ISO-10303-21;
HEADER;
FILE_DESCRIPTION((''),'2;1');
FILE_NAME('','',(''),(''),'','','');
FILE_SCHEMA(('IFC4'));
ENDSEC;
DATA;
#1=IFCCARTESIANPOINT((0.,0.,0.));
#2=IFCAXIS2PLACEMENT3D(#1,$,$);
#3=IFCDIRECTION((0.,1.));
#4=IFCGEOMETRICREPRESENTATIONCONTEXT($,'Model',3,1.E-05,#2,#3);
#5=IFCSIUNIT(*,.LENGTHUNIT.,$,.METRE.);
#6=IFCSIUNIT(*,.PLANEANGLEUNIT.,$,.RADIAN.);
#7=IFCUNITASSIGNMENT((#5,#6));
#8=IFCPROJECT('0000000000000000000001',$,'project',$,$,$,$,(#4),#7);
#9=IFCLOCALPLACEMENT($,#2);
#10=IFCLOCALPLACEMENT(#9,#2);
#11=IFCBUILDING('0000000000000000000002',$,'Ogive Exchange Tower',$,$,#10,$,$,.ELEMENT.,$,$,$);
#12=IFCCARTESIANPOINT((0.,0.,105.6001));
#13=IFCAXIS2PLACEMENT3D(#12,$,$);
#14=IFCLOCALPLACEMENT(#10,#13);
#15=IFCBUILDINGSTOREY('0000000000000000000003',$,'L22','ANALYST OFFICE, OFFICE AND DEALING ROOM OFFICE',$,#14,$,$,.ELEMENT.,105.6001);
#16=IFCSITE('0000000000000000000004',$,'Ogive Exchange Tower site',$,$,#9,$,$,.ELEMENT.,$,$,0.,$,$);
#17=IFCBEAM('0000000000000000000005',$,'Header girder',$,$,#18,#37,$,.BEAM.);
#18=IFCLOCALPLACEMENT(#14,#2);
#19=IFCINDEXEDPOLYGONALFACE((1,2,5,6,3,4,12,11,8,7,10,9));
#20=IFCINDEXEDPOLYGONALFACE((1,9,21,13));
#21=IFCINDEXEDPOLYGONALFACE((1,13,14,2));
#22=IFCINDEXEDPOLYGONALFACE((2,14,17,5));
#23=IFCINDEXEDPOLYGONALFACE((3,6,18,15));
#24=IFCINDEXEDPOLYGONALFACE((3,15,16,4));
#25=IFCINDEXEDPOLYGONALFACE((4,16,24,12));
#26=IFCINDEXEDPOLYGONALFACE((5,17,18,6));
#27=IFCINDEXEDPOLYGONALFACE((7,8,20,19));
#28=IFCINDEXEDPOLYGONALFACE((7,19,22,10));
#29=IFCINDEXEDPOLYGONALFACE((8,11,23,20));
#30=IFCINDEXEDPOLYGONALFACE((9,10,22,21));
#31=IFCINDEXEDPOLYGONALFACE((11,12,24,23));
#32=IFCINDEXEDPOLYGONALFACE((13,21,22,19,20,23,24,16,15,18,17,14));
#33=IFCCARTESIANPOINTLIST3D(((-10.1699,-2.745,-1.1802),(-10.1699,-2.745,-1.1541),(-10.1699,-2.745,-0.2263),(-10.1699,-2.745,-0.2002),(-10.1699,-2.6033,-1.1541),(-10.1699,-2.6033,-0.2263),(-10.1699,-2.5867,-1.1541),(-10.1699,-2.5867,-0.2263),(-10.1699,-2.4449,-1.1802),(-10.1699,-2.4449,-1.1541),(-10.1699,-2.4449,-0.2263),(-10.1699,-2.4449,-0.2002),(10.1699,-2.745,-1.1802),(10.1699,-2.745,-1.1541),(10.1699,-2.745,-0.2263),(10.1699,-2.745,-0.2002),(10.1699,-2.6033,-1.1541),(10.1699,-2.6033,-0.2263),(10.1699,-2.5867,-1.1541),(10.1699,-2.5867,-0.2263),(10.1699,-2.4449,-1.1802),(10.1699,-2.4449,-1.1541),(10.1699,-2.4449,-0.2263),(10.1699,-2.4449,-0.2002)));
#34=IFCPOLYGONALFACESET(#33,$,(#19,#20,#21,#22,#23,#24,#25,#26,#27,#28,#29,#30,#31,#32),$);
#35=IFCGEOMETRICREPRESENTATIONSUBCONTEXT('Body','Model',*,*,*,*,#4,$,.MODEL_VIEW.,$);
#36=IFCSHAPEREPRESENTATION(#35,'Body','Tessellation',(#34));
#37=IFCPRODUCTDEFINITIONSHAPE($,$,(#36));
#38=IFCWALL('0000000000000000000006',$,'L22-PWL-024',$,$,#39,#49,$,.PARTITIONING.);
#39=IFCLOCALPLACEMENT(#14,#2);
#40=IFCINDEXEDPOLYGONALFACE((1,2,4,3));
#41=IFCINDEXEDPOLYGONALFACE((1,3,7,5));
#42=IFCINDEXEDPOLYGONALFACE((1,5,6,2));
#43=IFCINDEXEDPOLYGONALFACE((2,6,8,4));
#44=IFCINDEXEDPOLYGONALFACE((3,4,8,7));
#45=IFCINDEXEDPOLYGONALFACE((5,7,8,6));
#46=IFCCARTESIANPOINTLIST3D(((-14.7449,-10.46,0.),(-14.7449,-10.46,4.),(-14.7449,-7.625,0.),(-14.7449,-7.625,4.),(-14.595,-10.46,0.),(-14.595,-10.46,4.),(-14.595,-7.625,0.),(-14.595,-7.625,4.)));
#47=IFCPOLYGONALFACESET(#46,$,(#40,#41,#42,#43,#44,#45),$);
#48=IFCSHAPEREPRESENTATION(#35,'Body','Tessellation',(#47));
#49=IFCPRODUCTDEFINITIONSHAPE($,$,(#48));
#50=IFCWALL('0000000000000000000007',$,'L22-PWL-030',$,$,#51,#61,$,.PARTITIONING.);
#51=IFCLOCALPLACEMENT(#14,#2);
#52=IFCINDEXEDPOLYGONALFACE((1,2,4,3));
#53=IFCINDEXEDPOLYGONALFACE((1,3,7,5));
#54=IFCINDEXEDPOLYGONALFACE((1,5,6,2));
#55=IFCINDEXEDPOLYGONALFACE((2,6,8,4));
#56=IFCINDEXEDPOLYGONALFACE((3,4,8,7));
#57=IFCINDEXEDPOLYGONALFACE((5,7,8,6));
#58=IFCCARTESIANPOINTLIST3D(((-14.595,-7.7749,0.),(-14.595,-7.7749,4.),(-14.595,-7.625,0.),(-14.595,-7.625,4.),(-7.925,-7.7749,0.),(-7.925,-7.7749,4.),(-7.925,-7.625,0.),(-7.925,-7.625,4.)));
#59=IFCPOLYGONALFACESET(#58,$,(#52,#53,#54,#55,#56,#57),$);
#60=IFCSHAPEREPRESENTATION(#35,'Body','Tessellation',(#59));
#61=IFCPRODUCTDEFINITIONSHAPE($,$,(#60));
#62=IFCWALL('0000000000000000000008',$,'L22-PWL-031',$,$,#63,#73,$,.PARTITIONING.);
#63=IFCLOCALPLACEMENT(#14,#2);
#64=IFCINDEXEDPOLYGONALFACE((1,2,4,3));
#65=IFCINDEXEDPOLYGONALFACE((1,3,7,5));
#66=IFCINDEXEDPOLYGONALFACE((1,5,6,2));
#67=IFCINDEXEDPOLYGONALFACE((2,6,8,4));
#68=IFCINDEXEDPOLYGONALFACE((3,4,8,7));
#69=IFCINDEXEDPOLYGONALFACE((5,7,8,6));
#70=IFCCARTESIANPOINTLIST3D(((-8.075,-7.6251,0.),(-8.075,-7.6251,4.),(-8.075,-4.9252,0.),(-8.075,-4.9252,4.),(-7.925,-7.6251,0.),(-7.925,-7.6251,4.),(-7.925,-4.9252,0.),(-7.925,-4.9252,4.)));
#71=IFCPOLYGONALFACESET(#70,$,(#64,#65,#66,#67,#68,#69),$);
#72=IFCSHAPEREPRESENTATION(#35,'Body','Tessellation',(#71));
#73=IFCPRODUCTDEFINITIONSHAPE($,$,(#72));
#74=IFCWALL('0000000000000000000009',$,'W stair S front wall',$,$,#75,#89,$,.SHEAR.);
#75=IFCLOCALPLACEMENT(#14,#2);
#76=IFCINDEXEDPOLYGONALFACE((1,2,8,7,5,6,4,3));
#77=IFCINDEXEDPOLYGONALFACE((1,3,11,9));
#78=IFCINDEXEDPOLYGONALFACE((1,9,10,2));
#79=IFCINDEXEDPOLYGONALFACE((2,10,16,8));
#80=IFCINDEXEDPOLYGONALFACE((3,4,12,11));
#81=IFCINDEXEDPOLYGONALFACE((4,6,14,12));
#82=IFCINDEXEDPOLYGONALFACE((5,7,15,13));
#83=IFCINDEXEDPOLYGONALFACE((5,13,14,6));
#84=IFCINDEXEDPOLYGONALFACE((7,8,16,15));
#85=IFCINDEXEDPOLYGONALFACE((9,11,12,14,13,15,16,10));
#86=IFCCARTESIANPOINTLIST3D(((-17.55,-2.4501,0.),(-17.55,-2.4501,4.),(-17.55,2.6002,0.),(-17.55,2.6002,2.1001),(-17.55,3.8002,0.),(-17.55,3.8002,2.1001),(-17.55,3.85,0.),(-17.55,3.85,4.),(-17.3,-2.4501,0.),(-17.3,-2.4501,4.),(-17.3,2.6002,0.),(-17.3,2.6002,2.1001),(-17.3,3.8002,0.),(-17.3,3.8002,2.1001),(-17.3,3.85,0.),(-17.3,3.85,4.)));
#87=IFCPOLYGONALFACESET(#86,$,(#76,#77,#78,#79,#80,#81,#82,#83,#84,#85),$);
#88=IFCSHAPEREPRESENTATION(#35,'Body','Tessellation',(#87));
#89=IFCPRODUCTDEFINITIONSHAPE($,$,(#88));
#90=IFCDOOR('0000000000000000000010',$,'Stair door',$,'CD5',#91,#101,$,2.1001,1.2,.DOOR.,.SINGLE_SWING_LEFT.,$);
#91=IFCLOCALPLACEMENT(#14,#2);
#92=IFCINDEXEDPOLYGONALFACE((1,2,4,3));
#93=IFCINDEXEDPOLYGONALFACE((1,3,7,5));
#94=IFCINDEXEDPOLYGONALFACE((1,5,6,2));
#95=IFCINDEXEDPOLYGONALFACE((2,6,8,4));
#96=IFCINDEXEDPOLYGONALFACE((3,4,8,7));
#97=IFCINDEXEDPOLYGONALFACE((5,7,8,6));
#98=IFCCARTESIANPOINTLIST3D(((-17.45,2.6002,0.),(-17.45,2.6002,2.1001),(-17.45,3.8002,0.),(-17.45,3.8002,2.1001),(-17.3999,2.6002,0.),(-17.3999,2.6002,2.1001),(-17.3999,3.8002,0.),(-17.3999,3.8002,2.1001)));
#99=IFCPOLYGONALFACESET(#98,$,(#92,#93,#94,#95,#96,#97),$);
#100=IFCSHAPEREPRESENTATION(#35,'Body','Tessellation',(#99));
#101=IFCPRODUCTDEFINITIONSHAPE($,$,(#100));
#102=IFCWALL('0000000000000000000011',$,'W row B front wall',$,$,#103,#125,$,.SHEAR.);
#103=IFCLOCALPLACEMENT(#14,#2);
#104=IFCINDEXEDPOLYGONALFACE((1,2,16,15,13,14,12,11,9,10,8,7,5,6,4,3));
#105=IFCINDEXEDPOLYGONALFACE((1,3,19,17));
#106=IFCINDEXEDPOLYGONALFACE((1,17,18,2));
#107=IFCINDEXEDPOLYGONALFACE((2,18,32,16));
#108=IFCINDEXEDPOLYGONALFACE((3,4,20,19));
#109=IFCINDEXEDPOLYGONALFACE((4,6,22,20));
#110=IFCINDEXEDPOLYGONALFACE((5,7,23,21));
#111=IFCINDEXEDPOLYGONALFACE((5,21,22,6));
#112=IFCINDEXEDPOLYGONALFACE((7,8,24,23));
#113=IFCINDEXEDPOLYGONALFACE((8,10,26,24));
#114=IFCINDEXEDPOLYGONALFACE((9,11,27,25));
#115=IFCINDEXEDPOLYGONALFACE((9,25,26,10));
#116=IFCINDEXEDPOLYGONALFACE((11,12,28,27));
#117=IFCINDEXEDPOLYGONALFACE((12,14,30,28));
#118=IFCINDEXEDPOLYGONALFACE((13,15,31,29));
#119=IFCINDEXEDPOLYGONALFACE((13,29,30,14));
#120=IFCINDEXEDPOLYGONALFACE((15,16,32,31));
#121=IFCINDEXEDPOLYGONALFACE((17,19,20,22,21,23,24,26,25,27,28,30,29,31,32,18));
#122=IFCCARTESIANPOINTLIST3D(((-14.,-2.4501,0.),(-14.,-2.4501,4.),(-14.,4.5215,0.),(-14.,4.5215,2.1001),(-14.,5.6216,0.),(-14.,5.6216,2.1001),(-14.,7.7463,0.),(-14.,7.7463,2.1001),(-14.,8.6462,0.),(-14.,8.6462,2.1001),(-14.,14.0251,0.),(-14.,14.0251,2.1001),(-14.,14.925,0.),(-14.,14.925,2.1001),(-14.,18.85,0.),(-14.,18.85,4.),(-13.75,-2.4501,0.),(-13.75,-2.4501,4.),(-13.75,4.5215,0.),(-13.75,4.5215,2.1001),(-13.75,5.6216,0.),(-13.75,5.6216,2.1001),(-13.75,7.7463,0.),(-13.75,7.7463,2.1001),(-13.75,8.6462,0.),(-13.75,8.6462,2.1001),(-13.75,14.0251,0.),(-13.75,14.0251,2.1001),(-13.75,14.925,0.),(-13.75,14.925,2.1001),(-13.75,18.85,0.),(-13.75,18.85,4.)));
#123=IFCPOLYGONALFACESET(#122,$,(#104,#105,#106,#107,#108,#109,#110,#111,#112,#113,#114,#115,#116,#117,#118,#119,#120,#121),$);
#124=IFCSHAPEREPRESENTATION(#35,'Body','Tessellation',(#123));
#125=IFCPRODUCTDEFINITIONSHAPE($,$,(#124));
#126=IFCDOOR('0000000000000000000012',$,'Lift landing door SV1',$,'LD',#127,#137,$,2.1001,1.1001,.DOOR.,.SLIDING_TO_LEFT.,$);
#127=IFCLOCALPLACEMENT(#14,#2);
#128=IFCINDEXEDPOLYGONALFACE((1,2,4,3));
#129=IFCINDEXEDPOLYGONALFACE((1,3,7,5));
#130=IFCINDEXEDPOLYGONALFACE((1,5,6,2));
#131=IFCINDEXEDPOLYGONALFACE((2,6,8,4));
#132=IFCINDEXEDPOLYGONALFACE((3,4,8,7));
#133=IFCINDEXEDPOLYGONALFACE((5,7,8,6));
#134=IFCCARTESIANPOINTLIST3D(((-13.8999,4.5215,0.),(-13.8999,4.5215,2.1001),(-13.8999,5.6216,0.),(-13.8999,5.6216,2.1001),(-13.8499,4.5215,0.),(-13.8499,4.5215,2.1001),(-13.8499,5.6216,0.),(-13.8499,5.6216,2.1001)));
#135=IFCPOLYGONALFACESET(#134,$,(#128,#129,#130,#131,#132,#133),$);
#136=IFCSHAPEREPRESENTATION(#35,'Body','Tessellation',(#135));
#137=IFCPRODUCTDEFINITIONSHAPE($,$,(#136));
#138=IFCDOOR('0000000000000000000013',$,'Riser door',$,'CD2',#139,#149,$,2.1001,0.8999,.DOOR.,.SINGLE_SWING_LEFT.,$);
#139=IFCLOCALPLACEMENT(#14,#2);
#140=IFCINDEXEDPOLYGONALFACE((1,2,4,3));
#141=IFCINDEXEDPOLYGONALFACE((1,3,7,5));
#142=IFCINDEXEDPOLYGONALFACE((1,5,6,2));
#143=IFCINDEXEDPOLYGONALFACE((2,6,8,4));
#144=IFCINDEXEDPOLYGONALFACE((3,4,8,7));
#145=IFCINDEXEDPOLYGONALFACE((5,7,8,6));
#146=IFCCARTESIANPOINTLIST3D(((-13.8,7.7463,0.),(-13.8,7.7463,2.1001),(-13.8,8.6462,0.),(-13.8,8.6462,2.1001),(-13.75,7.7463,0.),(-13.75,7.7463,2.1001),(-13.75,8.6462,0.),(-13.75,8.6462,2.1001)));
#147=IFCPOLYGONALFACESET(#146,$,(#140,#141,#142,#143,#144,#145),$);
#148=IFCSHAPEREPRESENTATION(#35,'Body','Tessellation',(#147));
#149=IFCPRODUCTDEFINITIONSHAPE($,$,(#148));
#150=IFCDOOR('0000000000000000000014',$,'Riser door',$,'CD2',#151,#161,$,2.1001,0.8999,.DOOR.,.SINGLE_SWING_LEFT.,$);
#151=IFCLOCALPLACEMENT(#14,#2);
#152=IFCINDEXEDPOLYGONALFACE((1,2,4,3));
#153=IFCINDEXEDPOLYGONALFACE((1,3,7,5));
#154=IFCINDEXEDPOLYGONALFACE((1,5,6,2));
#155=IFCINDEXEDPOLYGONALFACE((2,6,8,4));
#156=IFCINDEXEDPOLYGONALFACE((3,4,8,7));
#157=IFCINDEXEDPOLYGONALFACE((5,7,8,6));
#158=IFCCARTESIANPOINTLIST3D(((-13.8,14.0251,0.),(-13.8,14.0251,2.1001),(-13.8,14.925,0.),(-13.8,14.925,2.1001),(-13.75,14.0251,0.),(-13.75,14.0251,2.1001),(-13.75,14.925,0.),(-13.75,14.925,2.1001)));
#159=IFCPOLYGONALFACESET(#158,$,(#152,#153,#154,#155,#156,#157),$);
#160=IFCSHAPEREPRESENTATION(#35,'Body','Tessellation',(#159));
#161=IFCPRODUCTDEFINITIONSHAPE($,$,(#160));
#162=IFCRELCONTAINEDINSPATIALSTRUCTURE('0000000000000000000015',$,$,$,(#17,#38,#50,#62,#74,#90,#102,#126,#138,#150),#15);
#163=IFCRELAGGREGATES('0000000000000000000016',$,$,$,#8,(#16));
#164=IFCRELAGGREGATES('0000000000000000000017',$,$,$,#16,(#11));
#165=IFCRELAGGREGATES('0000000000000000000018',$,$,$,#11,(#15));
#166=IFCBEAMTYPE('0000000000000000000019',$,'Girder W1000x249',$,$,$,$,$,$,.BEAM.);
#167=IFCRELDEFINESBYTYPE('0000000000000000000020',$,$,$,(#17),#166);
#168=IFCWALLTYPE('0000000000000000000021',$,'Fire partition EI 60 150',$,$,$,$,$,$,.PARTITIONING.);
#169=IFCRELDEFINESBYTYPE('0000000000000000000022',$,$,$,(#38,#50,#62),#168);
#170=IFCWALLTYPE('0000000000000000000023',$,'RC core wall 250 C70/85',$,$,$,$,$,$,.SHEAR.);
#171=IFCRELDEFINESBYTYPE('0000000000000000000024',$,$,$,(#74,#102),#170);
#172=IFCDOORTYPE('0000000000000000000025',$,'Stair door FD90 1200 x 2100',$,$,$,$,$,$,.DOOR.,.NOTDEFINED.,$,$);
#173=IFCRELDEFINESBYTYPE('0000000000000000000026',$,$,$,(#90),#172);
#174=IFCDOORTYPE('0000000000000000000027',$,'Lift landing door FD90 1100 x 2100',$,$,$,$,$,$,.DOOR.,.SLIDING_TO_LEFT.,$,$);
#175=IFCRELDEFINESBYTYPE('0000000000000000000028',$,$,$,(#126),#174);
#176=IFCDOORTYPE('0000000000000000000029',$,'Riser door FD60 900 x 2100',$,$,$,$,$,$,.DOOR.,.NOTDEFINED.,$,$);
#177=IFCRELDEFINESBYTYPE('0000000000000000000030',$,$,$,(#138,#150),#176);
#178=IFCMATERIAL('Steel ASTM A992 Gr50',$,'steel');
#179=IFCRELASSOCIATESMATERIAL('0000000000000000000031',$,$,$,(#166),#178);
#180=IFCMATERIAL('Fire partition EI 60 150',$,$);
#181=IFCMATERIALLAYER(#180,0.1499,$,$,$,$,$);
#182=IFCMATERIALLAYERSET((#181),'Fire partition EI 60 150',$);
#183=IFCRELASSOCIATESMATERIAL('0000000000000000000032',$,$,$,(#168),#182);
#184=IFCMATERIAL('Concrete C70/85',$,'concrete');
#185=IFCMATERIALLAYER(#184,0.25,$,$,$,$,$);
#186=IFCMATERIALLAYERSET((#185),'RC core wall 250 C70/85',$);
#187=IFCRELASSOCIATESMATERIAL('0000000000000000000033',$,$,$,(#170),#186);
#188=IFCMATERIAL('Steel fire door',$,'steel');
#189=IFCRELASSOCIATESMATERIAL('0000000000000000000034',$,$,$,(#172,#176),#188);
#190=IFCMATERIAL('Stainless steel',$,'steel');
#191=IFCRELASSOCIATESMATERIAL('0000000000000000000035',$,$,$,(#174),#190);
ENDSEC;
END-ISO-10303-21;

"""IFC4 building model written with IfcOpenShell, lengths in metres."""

from ifc_helpers import new_model, si_unit, direction, frame, frame_2d, origin, origin_2d, place, context, subcontext, project, spatial, rectangle, i_section, extrude, material, layer, layer_set, material_profile, profile_set, type_object, element, fill, save


model = new_model("IFC4")

# Units and contexts
model_context = context("Model", 3, precision=1e-05, world=origin(), true_north=direction((0.0, 1.0)))
body_context = subcontext(model_context, "Body", "Model", "MODEL_VIEW")
ifc_project = project(units=[si_unit("LENGTHUNIT", "METRE"), si_unit("PLANEANGLEUNIT", "RADIAN")], contexts=[model_context])

# Site, building, storey
site_placement = place(None, origin())
site = spatial("IfcSite", under=ifc_project, at=site_placement, Name="Ogive Exchange Tower site", CompositionType="ELEMENT", RefElevation=0.0)
building_placement = place(site_placement, origin())
building = spatial("IfcBuilding", under=site, at=building_placement, Name="Ogive Exchange Tower", CompositionType="ELEMENT")
storey_placement = place(building_placement, frame((0.0, 0.0, 105.6001)))
storey = spatial("IfcBuildingStorey", under=building, at=storey_placement, Name="L22", Description="ANALYST OFFICE, OFFICE AND DEALING ROOM OFFICE", CompositionType="ELEMENT", Elevation=105.6001)

# Beam
ifc_material_1 = material(Name="Steel ASTM A992 Gr50", Category="steel")
ifc_material_profile = material_profile(ifc_material_1, i_section(OverallWidth=0.3, OverallDepth=0.98, WebThickness=0.0166, FlangeThickness=0.0261, at=origin_2d()), Name="W1000x249")
ifc_profile_set = profile_set([ifc_material_profile], Name="Steel ASTM A992 Gr50")
beam_type = type_object("IfcBeamType", Name="Girder W1000x249", PredefinedType="BEAM", material=ifc_profile_set)
beam_placement = place(storey_placement, frame((-10.1699, -2.595, -0.6902), z_axis=(1.0, 0.0, 0.0), x_axis=(0.0, 1.0, 0.0)))
element("IfcBeam", 1, at=beam_placement, inside=storey, type_object=beam_type, Name="Header girder", PredefinedType="BEAM", context=body_context, shape_type="SweptSolid", body=[
    extrude(i_section(OverallWidth=0.3, OverallDepth=0.98, WebThickness=0.0166, FlangeThickness=0.0261, at=origin_2d()), origin(), (0.0, 0.0, 1.0), 20.3398),
])

# Walls
ifc_material_2 = material(Name="Fire partition EI 60 150")
ifc_layer_1 = layer(ifc_material_2, 0.1499)
ifc_layer_set_1 = layer_set([ifc_layer_1], Name="Fire partition EI 60 150")
wall_type_1 = type_object("IfcWallType", Name="Fire partition EI 60 150", PredefinedType="PARTITIONING", material=ifc_layer_set_1)
wall_1_placement = place(storey_placement, frame((-14.6699, -7.625, 0.0), z_axis=(0.0, 0.0, 1.0), x_axis=(0.0, -1.0, 0.0)))
element("IfcWall", 2, at=wall_1_placement, inside=storey, type_object=wall_type_1, Name="L22-PWL-024", PredefinedType="PARTITIONING", context=body_context, shape_type="SweptSolid", body=[
    extrude(rectangle(XDim=2.835, YDim=0.1499, at=frame_2d((1.4175, 0.0))), origin(), (0.0, 0.0, 1.0), 4.0),
])
wall_2_placement = place(storey_placement, frame((-7.925, -7.7, 0.0), z_axis=(0.0, 0.0, 1.0), x_axis=(-1.0, 0.0, 0.0)))
element("IfcWall", 3, at=wall_2_placement, inside=storey, type_object=wall_type_1, Name="L22-PWL-030", PredefinedType="PARTITIONING", context=body_context, shape_type="SweptSolid", body=[
    extrude(rectangle(XDim=6.6699, YDim=0.1499, at=frame_2d((3.335, 0.0))), origin(), (0.0, 0.0, 1.0), 4.0),
])
wall_3_placement = place(storey_placement, frame((-8.0, -4.925, 0.0), z_axis=(0.0, 0.0, 1.0), x_axis=(0.0, -1.0, 0.0)))
element("IfcWall", 4, at=wall_3_placement, inside=storey, type_object=wall_type_1, Name="L22-PWL-031", PredefinedType="PARTITIONING", context=body_context, shape_type="SweptSolid", body=[
    extrude(rectangle(XDim=2.7, YDim=0.1499, at=frame_2d((1.3501, 0.0))), origin(), (0.0, 0.0, 1.0), 4.0),
])

# Wall, opening, door
ifc_material_3 = material(Name="Concrete C70/85", Category="concrete")
ifc_layer_2 = layer(ifc_material_3, 0.25)
ifc_layer_set_2 = layer_set([ifc_layer_2], Name="RC core wall 250 C70/85")
wall_type_2 = type_object("IfcWallType", Name="RC core wall 250 C70/85", PredefinedType="SHEAR", material=ifc_layer_set_2)
wall_4_placement = place(storey_placement, frame((-17.425, -2.45, 0.0), z_axis=(0.0, 0.0, 1.0), x_axis=(0.0, 1.0, 0.0)))
wall_4 = element("IfcWall", 5, at=wall_4_placement, inside=storey, type_object=wall_type_2, Name="W stair S front wall", PredefinedType="SHEAR", context=body_context, shape_type="SweptSolid", body=[
    extrude(rectangle(XDim=6.3, YDim=0.25, at=frame_2d((3.1499, 0.0))), origin(), (0.0, 0.0, 1.0), 4.0),
])
opening_1_placement = place(wall_4_placement, frame((5.05, 0.0, 0.0)))
opening_1 = element("IfcOpeningElement", 6, at=opening_1_placement, cuts=wall_4, PredefinedType="OPENING", context=body_context, shape_type="SweptSolid", body=[
    extrude(rectangle(XDim=1.2, YDim=2.1001, at=frame_2d((0.6001, 1.05))), frame((0.0, 0.135, 0.0), z_axis=(0.0, -1.0, 0.0), x_axis=(1.0, 0.0, 0.0)), (0.0, 0.0, 1.0), 0.27),
])
ifc_material_4 = material(Name="Steel fire door", Category="steel")
door_type_1 = type_object("IfcDoorType", Name="Stair door FD90 1200 x 2100", OperationType="NOTDEFINED", PredefinedType="DOOR", material=ifc_material_4)
door_1_placement = place(opening_1_placement, origin())
door_1 = element("IfcDoor", 7, at=door_1_placement, inside=storey, type_object=door_type_1, Name="Stair door", ObjectType="CD5", OperationType="SINGLE_SWING_LEFT", OverallHeight=2.1001, OverallWidth=1.2, PredefinedType="DOOR", context=body_context, shape_type="SweptSolid", body=[
    extrude(rectangle(XDim=1.2, YDim=2.1001, at=frame_2d((0.6001, 1.05))), frame((0.0, 0.0249, 0.0), z_axis=(0.0, -1.0, 0.0), x_axis=(1.0, 0.0, 0.0)), (0.0, 0.0, 1.0), 0.05),
])
fill(opening_1, door_1)

# Wall, openings, doors
wall_5_placement = place(storey_placement, frame((-13.875, -2.45, 0.0), z_axis=(0.0, 0.0, 1.0), x_axis=(0.0, 1.0, 0.0)))
wall_5 = element("IfcWall", 8, at=wall_5_placement, inside=storey, type_object=wall_type_2, Name="W row B front wall", PredefinedType="SHEAR", context=body_context, shape_type="SweptSolid", body=[
    extrude(rectangle(XDim=21.3, YDim=0.25, at=frame_2d((10.6499, 0.0))), origin(), (0.0, 0.0, 1.0), 4.0),
])
opening_2_placement = place(wall_5_placement, frame((10.1963, 0.0, 0.0)))
opening_2 = element("IfcOpeningElement", 9, at=opening_2_placement, cuts=wall_5, PredefinedType="OPENING", context=body_context, shape_type="SweptSolid", body=[
    extrude(rectangle(XDim=0.8999, YDim=2.1001, at=frame_2d((0.45, 1.05))), frame((0.0, 0.135, 0.0), z_axis=(0.0, -1.0, 0.0), x_axis=(1.0, 0.0, 0.0)), (0.0, 0.0, 1.0), 0.27),
])
opening_3_placement = place(wall_5_placement, frame((16.4751, 0.0, 0.0)))
opening_3 = element("IfcOpeningElement", 10, at=opening_3_placement, cuts=wall_5, PredefinedType="OPENING", context=body_context, shape_type="SweptSolid", body=[
    extrude(rectangle(XDim=0.8999, YDim=2.1001, at=frame_2d((0.45, 1.05))), frame((0.0, 0.135, 0.0), z_axis=(0.0, -1.0, 0.0), x_axis=(1.0, 0.0, 0.0)), (0.0, 0.0, 1.0), 0.27),
])
opening_4_placement = place(wall_5_placement, frame((6.9714, 0.0, 0.0)))
opening_4 = element("IfcOpeningElement", 11, at=opening_4_placement, cuts=wall_5, PredefinedType="OPENING", context=body_context, shape_type="SweptSolid", body=[
    extrude(rectangle(XDim=1.1001, YDim=2.1001, at=frame_2d((0.55, 1.05))), frame((0.0, 0.135, 0.0), z_axis=(0.0, -1.0, 0.0), x_axis=(1.0, 0.0, 0.0)), (0.0, 0.0, 1.0), 0.27),
])
ifc_material_5 = material(Name="Stainless steel", Category="steel")
door_type_2 = type_object("IfcDoorType", Name="Lift landing door FD90 1100 x 2100", OperationType="SLIDING_TO_LEFT", PredefinedType="DOOR", material=ifc_material_5)
door_2_placement = place(opening_4_placement, origin())
door_2 = element("IfcDoor", 12, at=door_2_placement, inside=storey, type_object=door_type_2, Name="Lift landing door SV1", ObjectType="LD", OperationType="SLIDING_TO_LEFT", OverallHeight=2.1001, OverallWidth=1.1001, PredefinedType="DOOR", context=body_context, shape_type="SweptSolid", body=[
    extrude(rectangle(XDim=1.1001, YDim=2.1001, at=frame_2d((0.55, 1.05))), frame((0.0, 0.0249, 0.0), z_axis=(0.0, -1.0, 0.0), x_axis=(1.0, 0.0, 0.0)), (0.0, 0.0, 1.0), 0.05),
])
fill(opening_4, door_2)
door_type_3 = type_object("IfcDoorType", Name="Riser door FD60 900 x 2100", OperationType="NOTDEFINED", PredefinedType="DOOR", material=ifc_material_4)
door_3_placement = place(opening_2_placement, frame((0.8999, -0.2002, 0.0), z_axis=(0.0, 0.0, 1.0), x_axis=(-1.0, 0.0, 0.0)))
door_3 = element("IfcDoor", 13, at=door_3_placement, inside=storey, type_object=door_type_3, Name="Riser door", ObjectType="CD2", OperationType="SINGLE_SWING_LEFT", OverallHeight=2.1001, OverallWidth=0.8999, PredefinedType="DOOR", context=body_context, shape_type="SweptSolid", body=[
    extrude(rectangle(XDim=0.8999, YDim=2.1001, at=frame_2d((0.45, 1.05))), frame((0.0, -0.0752, 0.0), z_axis=(0.0, -1.0, 0.0), x_axis=(1.0, 0.0, 0.0)), (0.0, 0.0, 1.0), 0.05),
])
fill(opening_2, door_3)
door_4_placement = place(opening_3_placement, frame((0.8999, -0.2002, 0.0), z_axis=(0.0, 0.0, 1.0), x_axis=(-1.0, 0.0, 0.0)))
door_4 = element("IfcDoor", 14, at=door_4_placement, inside=storey, type_object=door_type_3, Name="Riser door", ObjectType="CD2", OperationType="SINGLE_SWING_LEFT", OverallHeight=2.1001, OverallWidth=0.8999, PredefinedType="DOOR", context=body_context, shape_type="SweptSolid", body=[
    extrude(rectangle(XDim=0.8999, YDim=2.1001, at=frame_2d((0.45, 1.05))), frame((0.0, -0.0752, 0.0), z_axis=(0.0, -1.0, 0.0), x_axis=(1.0, 0.0, 0.0)), (0.0, 0.0, 1.0), 0.05),
])
fill(opening_3, door_4)

save(model, "model.ifc")
